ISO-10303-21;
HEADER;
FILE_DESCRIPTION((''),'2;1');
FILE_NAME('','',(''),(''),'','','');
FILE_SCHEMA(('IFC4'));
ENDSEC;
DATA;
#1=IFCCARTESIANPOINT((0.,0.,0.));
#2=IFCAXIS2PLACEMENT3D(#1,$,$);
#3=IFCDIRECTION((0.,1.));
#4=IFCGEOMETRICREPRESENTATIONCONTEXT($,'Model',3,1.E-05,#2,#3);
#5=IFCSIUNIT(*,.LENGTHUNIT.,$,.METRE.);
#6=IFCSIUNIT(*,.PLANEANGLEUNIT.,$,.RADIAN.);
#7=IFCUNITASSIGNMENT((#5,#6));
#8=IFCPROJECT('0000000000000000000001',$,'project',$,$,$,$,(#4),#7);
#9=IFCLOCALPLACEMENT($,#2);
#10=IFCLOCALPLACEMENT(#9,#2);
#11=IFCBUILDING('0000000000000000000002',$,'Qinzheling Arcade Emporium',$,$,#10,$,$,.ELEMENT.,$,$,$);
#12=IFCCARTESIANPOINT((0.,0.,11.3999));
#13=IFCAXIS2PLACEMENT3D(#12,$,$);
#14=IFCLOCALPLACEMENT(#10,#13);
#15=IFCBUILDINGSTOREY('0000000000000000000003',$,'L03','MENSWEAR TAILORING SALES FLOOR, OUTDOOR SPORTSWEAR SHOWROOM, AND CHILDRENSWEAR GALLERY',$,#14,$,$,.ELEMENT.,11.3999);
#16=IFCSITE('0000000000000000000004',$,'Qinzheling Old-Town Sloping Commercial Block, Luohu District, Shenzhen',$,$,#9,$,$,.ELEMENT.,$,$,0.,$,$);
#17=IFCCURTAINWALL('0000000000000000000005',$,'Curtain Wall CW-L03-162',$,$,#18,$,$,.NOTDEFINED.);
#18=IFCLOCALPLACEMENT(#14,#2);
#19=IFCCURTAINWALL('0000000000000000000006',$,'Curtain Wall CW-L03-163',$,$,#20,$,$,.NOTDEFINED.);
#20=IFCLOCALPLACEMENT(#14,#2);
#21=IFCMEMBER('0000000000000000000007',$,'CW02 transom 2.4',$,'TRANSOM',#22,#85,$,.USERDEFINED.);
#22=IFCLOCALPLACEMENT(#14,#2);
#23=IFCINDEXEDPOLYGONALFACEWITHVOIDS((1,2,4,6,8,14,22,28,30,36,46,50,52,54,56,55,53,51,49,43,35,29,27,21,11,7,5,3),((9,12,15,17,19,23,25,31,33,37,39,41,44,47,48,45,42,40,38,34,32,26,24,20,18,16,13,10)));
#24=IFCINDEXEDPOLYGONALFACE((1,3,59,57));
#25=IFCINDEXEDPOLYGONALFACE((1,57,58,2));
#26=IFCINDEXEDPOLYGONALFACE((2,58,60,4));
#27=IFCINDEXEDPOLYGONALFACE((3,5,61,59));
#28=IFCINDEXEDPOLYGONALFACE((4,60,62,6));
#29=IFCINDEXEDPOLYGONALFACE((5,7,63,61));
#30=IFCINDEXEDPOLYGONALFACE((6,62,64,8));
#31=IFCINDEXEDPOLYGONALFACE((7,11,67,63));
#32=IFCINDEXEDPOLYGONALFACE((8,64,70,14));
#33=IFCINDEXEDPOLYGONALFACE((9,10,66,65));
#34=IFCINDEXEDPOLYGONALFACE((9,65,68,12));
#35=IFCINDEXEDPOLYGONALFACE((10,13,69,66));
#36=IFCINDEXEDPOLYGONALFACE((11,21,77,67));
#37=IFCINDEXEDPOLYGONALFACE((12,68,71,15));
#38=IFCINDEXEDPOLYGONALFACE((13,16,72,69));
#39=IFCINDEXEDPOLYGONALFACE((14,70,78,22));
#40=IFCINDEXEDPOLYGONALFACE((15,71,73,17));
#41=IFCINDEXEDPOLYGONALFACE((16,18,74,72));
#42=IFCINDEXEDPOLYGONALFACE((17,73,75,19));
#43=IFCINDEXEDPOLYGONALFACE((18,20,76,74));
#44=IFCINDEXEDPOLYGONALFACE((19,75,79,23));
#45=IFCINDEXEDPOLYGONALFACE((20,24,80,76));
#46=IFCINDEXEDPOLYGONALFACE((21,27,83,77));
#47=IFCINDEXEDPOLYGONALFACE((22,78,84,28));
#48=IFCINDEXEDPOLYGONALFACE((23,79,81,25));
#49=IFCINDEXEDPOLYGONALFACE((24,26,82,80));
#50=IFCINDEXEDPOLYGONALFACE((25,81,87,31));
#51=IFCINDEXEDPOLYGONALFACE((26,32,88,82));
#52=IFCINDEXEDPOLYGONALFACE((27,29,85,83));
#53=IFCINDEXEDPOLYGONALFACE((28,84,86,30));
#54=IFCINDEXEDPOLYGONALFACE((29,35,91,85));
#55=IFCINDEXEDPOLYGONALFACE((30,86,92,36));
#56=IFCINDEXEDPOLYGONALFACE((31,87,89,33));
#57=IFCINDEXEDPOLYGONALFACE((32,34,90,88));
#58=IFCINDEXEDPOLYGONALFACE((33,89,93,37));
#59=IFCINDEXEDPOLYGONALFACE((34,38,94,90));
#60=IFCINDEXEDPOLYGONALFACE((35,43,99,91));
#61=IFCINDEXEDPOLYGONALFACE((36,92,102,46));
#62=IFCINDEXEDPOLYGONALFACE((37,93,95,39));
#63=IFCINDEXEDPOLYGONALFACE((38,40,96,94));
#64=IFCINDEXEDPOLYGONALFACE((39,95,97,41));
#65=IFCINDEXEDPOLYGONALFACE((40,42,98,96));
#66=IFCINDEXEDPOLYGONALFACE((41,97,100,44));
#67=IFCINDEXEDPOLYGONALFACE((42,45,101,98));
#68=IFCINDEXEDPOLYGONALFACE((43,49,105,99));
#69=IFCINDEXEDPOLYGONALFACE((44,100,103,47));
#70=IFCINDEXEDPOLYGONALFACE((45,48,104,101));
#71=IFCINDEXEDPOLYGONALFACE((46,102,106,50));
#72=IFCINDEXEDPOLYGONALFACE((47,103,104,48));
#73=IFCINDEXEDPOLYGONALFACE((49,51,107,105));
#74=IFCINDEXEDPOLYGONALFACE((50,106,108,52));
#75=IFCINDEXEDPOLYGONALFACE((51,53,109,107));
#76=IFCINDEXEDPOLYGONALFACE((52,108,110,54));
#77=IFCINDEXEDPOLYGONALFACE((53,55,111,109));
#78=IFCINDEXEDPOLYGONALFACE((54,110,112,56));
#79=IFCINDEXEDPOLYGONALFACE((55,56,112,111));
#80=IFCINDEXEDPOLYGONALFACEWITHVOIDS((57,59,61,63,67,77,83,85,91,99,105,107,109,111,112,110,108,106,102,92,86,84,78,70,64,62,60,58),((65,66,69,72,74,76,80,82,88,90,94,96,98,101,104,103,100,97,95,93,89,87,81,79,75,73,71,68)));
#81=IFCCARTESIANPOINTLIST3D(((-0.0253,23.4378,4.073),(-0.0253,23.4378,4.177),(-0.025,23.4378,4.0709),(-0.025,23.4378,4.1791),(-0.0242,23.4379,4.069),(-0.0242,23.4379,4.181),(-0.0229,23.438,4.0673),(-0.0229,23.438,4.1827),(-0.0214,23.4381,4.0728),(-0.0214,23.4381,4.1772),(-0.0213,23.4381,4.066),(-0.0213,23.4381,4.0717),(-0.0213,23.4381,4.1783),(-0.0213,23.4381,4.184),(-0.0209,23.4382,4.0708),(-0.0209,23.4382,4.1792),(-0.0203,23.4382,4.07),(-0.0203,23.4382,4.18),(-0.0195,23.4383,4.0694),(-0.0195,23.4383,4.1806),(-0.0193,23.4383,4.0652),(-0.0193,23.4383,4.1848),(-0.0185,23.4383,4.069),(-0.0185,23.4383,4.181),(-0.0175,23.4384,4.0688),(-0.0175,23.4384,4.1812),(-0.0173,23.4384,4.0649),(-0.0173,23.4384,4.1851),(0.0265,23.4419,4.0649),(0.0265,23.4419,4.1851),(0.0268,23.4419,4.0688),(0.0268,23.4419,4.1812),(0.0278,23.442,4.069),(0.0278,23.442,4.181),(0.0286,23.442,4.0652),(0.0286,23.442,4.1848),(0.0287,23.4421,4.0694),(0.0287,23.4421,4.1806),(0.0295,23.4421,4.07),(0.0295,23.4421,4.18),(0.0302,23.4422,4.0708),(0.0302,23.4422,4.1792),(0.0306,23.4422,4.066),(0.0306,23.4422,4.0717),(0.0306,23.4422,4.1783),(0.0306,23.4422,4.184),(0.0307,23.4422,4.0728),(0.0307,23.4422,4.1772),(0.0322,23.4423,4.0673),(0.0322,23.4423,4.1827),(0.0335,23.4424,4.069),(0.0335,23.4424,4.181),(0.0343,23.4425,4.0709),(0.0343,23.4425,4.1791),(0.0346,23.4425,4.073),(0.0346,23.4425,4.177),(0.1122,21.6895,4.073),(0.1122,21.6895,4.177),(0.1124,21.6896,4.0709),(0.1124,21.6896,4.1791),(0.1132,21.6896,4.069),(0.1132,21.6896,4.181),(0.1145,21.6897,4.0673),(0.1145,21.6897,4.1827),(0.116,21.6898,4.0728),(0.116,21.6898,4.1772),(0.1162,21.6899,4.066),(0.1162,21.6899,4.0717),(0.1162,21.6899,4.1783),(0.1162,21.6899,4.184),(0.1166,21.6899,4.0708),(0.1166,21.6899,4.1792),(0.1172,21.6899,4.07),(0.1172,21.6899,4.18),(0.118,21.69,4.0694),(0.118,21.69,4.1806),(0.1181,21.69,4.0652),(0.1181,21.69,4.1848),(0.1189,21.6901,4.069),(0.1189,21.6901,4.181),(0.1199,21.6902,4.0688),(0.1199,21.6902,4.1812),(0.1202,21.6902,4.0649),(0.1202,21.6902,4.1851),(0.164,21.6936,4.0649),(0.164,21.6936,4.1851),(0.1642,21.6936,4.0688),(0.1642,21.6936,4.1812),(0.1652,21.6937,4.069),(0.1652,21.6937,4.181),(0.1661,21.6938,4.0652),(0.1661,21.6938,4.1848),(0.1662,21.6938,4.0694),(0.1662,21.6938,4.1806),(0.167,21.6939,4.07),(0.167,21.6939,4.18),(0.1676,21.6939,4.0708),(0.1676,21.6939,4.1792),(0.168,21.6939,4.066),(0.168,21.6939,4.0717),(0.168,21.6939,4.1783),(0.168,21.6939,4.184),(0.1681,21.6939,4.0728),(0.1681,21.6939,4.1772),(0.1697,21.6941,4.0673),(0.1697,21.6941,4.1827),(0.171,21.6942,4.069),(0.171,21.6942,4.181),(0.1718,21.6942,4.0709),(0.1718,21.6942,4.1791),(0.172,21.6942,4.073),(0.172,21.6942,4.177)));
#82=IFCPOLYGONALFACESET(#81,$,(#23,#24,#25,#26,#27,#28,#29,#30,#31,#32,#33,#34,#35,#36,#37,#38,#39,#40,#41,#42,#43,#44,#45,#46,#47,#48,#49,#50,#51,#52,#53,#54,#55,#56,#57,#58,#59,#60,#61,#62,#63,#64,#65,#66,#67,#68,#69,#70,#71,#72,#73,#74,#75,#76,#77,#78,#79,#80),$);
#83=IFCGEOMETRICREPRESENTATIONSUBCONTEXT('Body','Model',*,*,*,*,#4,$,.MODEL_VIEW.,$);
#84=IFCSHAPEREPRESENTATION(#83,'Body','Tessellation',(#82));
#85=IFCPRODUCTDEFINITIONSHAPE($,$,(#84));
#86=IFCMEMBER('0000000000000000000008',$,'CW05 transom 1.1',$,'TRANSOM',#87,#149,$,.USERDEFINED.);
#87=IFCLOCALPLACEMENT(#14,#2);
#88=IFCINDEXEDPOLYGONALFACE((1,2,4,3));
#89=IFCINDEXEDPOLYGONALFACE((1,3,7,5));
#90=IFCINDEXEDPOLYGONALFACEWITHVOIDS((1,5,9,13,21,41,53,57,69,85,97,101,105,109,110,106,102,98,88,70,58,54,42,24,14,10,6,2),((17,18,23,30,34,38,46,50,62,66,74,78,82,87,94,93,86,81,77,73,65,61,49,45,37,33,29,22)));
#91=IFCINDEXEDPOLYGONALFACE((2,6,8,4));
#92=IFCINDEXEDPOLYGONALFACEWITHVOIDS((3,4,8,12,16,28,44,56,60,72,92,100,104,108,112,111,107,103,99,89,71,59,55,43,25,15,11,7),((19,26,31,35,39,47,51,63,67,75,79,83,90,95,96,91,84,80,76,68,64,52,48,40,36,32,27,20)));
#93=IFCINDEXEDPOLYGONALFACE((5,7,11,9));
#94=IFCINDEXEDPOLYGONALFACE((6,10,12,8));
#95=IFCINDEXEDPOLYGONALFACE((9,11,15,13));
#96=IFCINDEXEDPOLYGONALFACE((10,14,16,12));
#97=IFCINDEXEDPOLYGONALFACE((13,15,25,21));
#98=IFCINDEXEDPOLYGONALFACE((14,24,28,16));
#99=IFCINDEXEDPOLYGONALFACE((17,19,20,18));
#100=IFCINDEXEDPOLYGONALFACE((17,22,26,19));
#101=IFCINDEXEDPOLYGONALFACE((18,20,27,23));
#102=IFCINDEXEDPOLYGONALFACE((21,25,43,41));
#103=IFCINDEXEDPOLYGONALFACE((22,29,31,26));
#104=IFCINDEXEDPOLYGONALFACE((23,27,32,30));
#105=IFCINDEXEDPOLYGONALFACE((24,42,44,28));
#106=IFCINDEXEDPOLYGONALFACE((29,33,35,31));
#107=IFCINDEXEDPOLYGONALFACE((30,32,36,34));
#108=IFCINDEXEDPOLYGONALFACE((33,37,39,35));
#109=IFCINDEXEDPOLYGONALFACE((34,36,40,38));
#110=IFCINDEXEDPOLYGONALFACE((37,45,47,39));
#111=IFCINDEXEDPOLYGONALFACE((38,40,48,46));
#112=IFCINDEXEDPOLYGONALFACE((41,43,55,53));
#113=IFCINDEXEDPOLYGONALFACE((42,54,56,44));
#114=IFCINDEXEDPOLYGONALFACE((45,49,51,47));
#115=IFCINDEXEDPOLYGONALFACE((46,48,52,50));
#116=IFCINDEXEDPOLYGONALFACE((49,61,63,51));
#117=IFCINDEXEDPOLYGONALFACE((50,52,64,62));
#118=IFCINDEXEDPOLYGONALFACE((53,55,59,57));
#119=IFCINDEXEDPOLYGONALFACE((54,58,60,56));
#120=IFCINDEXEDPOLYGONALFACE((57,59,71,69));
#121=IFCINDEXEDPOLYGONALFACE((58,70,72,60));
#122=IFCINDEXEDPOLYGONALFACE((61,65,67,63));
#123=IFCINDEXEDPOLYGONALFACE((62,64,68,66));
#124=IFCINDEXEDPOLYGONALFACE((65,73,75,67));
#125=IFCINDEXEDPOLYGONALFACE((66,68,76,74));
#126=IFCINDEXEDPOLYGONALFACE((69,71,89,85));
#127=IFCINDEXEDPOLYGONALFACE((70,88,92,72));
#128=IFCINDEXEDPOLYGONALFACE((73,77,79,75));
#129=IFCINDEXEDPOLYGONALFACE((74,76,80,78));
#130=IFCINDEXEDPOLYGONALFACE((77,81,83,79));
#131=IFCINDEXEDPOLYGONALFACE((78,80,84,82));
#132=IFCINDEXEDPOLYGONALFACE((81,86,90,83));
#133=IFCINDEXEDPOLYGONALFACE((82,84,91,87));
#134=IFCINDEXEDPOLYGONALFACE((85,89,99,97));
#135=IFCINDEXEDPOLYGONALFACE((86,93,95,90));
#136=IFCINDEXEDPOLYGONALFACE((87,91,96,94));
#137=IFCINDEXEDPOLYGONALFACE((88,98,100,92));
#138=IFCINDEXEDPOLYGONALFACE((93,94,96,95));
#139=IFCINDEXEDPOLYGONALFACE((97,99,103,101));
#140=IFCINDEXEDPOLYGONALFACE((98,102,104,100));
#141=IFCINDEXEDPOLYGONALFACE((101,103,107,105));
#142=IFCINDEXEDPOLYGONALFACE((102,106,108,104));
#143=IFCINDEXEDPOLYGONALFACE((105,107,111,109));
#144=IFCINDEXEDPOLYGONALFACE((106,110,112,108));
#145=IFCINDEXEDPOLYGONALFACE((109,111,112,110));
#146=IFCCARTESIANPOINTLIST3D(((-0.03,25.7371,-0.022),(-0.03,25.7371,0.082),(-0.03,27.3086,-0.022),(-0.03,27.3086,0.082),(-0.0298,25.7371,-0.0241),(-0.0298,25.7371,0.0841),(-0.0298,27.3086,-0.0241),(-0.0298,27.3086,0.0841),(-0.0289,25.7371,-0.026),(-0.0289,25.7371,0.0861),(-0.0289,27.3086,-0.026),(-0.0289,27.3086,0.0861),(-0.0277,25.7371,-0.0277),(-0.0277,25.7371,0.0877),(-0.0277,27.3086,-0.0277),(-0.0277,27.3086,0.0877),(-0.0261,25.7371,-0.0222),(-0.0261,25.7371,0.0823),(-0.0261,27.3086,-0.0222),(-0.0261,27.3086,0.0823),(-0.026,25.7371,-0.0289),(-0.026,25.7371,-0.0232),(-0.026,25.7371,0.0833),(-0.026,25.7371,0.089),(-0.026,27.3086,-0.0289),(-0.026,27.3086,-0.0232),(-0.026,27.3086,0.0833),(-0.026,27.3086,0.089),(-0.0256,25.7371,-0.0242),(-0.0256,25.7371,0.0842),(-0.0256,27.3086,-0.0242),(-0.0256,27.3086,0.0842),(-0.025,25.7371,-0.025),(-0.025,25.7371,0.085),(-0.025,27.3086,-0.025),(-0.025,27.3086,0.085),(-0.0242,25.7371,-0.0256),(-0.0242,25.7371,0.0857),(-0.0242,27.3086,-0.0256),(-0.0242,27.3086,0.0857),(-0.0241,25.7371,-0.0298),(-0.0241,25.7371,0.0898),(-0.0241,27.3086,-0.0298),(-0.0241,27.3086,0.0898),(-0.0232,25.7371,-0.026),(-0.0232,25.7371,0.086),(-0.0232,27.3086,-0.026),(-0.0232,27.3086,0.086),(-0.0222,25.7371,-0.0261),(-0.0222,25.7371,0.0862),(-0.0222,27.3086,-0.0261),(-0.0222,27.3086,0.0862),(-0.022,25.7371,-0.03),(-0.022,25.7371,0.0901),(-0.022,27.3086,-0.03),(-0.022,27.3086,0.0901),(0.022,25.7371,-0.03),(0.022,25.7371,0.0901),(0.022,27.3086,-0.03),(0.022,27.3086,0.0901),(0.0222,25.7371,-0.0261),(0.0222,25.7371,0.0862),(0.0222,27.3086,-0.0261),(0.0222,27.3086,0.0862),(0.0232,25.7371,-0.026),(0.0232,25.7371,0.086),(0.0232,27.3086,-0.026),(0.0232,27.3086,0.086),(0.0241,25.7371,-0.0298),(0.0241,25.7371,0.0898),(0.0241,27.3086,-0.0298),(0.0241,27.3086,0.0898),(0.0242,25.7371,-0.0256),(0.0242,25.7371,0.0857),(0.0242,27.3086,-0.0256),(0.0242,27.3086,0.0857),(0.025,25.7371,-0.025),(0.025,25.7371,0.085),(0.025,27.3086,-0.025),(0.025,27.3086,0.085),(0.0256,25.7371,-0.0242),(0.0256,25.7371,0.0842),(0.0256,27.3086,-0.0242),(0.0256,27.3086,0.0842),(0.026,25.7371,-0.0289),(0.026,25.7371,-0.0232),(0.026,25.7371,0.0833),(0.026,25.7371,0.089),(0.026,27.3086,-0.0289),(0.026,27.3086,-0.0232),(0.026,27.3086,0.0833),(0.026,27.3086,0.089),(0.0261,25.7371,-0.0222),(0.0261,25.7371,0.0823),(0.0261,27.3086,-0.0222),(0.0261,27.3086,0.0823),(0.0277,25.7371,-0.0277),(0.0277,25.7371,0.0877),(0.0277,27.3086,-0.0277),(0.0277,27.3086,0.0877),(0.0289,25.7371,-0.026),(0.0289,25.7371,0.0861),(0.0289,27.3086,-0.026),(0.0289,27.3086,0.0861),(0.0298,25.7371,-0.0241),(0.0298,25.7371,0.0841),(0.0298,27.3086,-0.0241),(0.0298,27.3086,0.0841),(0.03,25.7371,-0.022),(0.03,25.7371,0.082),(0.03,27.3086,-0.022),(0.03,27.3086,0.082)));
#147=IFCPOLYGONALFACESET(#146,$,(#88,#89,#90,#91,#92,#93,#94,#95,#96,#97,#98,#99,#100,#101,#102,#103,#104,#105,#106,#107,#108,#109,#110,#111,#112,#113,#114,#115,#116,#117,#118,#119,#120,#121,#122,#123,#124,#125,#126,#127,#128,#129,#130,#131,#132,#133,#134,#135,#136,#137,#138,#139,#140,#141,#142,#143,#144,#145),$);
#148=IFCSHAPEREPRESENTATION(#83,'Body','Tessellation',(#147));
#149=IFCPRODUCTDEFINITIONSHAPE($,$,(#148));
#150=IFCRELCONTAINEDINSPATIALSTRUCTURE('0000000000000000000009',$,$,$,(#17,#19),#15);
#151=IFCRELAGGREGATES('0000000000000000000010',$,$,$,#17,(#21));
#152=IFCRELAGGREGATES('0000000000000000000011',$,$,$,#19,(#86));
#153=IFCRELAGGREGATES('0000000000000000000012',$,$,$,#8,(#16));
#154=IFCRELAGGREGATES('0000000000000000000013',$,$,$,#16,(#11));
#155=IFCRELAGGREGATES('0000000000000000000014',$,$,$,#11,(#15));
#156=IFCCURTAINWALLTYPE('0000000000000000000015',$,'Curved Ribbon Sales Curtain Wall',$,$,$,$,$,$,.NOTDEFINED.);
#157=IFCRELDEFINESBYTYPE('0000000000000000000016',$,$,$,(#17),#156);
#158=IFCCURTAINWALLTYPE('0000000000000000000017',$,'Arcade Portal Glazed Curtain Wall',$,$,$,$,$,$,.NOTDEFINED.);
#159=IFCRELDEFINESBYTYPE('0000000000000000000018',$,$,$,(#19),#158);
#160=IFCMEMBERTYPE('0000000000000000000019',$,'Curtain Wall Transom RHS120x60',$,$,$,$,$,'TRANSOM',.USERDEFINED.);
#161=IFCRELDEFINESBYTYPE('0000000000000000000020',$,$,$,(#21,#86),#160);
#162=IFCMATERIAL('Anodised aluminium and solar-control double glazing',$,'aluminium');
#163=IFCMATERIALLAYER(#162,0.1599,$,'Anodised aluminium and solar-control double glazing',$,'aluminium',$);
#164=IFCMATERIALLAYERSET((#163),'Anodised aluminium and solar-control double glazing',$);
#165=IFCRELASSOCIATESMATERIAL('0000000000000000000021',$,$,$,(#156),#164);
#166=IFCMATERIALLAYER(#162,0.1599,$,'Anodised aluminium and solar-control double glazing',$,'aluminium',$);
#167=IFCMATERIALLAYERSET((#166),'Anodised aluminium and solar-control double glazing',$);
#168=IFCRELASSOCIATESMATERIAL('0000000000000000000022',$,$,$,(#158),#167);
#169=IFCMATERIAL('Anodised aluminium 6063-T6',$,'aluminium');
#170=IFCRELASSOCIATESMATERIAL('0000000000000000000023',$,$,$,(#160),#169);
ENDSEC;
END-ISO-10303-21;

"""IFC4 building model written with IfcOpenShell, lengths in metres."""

from ifc_helpers import new_model, si_unit, direction, frame, origin, origin_2d, place, context, subcontext, project, spatial, hollow_rectangle, extrude, material, layer, layer_set, material_profile, profile_set, type_object, element, aggregate, save


model = new_model("IFC4")

# Units and contexts
model_context = context("Model", 3, precision=1e-05, world=origin(), true_north=direction((0.0, 1.0)))
body_context = subcontext(model_context, "Body", "Model", "MODEL_VIEW")
ifc_project = project(units=[si_unit("LENGTHUNIT", "METRE"), si_unit("PLANEANGLEUNIT", "RADIAN")], contexts=[model_context])

# Site, building, storey
site_placement = place(None, origin())
site = spatial("IfcSite", under=ifc_project, at=site_placement, Name="Qinzheling Old-Town Sloping Commercial Block, Luohu District, Shenzhen", CompositionType="ELEMENT", RefElevation=0.0)
building_placement = place(site_placement, origin())
building = spatial("IfcBuilding", under=site, at=building_placement, Name="Qinzheling Arcade Emporium", CompositionType="ELEMENT")
storey_placement = place(building_placement, frame((0.0, 0.0, 11.3999)))
storey = spatial("IfcBuildingStorey", under=building, at=storey_placement, Name="L03", Description="MENSWEAR TAILORING SALES FLOOR, OUTDOOR SPORTSWEAR SHOWROOM, AND CHILDRENSWEAR GALLERY", CompositionType="ELEMENT", Elevation=11.3999)

# Shared definitions
ifc_material_1 = material(Name="Anodised aluminium and solar-control double glazing", Category="aluminium")
ifc_layer_1 = layer(ifc_material_1, 0.1599, Name="Anodised aluminium and solar-control double glazing", Category="aluminium")
ifc_layer_set_1 = layer_set([ifc_layer_1], Name="Anodised aluminium and solar-control double glazing")
curtain_wall_type_1 = type_object("IfcCurtainWallType", Name="Curved Ribbon Sales Curtain Wall", PredefinedType="NOTDEFINED", material=ifc_layer_set_1)
ifc_material_2 = material(Name="Anodised aluminium 6063-T6", Category="aluminium")

# Curtain walls
curtain_wall_1_placement = place(storey_placement, origin())
curtain_wall_1 = element("IfcCurtainWall", 1, at=curtain_wall_1_placement, inside=storey, type_object=curtain_wall_type_1, Name="Curtain Wall CW-L03-162", PredefinedType="NOTDEFINED")
ifc_layer_2 = layer(ifc_material_1, 0.1599, Name="Anodised aluminium and solar-control double glazing", Category="aluminium")
ifc_layer_set_2 = layer_set([ifc_layer_2], Name="Anodised aluminium and solar-control double glazing")
curtain_wall_type_2 = type_object("IfcCurtainWallType", Name="Arcade Portal Glazed Curtain Wall", PredefinedType="NOTDEFINED", material=ifc_layer_set_2)
curtain_wall_2_placement = place(storey_placement, origin())
curtain_wall_2 = element("IfcCurtainWall", 2, at=curtain_wall_2_placement, inside=storey, type_object=curtain_wall_type_2, Name="Curtain Wall CW-L03-163", PredefinedType="NOTDEFINED")

# Members
ifc_material_profile_1 = material_profile(ifc_material_2, hollow_rectangle(XDim=0.0601, YDim=0.1201, WallThickness=0.0039, InnerFilletRadius=0.0039, OuterFilletRadius=0.0081, at=origin_2d()), Name="RHS 120x60x4", Category="aluminium")
ifc_profile_set_1 = profile_set([ifc_material_profile_1], Name="Anodised aluminium 6063-T6")
member_type_1 = type_object("IfcMemberType", Name="Curtain Wall Transom RHS120x60", ElementType="TRANSOM", PredefinedType="USERDEFINED", material=ifc_profile_set_1)
member_1_placement = place(storey_placement, frame((0.1421, 21.6919, 4.125), z_axis=(-0.078378, 0.996924, 0.0), x_axis=(-0.996924, -0.078378, 0.0)))
member_1 = element("IfcMember", 3, at=member_1_placement, type_object=member_type_1, Name="CW02 transom 2.4", ObjectType="TRANSOM", PredefinedType="USERDEFINED", context=body_context, shape_type="SweptSolid", body=[
    extrude(hollow_rectangle(XDim=0.0601, YDim=0.1201, WallThickness=0.0039, InnerFilletRadius=0.0039, OuterFilletRadius=0.0081, at=origin_2d()), origin(), (0.0, 0.0, 1.0), 1.7537),
])
member_2_placement = place(storey_placement, frame((0.0, 25.7371, 0.03), z_axis=(0.0, 1.0, 0.0), x_axis=(-1.0, 0.0, 0.0)))
member_2 = element("IfcMember", 4, at=member_2_placement, type_object=member_type_1, Name="CW05 transom 1.1", ObjectType="TRANSOM", PredefinedType="USERDEFINED", context=body_context, shape_type="SweptSolid", body=[
    extrude(hollow_rectangle(XDim=0.0601, YDim=0.1201, WallThickness=0.0039, InnerFilletRadius=0.0039, OuterFilletRadius=0.0081, at=origin_2d()), origin(), (0.0, 0.0, 1.0), 1.5715),
])

aggregate(curtain_wall_1, [member_1])
aggregate(curtain_wall_2, [member_2])

save(model, "model.ifc")
